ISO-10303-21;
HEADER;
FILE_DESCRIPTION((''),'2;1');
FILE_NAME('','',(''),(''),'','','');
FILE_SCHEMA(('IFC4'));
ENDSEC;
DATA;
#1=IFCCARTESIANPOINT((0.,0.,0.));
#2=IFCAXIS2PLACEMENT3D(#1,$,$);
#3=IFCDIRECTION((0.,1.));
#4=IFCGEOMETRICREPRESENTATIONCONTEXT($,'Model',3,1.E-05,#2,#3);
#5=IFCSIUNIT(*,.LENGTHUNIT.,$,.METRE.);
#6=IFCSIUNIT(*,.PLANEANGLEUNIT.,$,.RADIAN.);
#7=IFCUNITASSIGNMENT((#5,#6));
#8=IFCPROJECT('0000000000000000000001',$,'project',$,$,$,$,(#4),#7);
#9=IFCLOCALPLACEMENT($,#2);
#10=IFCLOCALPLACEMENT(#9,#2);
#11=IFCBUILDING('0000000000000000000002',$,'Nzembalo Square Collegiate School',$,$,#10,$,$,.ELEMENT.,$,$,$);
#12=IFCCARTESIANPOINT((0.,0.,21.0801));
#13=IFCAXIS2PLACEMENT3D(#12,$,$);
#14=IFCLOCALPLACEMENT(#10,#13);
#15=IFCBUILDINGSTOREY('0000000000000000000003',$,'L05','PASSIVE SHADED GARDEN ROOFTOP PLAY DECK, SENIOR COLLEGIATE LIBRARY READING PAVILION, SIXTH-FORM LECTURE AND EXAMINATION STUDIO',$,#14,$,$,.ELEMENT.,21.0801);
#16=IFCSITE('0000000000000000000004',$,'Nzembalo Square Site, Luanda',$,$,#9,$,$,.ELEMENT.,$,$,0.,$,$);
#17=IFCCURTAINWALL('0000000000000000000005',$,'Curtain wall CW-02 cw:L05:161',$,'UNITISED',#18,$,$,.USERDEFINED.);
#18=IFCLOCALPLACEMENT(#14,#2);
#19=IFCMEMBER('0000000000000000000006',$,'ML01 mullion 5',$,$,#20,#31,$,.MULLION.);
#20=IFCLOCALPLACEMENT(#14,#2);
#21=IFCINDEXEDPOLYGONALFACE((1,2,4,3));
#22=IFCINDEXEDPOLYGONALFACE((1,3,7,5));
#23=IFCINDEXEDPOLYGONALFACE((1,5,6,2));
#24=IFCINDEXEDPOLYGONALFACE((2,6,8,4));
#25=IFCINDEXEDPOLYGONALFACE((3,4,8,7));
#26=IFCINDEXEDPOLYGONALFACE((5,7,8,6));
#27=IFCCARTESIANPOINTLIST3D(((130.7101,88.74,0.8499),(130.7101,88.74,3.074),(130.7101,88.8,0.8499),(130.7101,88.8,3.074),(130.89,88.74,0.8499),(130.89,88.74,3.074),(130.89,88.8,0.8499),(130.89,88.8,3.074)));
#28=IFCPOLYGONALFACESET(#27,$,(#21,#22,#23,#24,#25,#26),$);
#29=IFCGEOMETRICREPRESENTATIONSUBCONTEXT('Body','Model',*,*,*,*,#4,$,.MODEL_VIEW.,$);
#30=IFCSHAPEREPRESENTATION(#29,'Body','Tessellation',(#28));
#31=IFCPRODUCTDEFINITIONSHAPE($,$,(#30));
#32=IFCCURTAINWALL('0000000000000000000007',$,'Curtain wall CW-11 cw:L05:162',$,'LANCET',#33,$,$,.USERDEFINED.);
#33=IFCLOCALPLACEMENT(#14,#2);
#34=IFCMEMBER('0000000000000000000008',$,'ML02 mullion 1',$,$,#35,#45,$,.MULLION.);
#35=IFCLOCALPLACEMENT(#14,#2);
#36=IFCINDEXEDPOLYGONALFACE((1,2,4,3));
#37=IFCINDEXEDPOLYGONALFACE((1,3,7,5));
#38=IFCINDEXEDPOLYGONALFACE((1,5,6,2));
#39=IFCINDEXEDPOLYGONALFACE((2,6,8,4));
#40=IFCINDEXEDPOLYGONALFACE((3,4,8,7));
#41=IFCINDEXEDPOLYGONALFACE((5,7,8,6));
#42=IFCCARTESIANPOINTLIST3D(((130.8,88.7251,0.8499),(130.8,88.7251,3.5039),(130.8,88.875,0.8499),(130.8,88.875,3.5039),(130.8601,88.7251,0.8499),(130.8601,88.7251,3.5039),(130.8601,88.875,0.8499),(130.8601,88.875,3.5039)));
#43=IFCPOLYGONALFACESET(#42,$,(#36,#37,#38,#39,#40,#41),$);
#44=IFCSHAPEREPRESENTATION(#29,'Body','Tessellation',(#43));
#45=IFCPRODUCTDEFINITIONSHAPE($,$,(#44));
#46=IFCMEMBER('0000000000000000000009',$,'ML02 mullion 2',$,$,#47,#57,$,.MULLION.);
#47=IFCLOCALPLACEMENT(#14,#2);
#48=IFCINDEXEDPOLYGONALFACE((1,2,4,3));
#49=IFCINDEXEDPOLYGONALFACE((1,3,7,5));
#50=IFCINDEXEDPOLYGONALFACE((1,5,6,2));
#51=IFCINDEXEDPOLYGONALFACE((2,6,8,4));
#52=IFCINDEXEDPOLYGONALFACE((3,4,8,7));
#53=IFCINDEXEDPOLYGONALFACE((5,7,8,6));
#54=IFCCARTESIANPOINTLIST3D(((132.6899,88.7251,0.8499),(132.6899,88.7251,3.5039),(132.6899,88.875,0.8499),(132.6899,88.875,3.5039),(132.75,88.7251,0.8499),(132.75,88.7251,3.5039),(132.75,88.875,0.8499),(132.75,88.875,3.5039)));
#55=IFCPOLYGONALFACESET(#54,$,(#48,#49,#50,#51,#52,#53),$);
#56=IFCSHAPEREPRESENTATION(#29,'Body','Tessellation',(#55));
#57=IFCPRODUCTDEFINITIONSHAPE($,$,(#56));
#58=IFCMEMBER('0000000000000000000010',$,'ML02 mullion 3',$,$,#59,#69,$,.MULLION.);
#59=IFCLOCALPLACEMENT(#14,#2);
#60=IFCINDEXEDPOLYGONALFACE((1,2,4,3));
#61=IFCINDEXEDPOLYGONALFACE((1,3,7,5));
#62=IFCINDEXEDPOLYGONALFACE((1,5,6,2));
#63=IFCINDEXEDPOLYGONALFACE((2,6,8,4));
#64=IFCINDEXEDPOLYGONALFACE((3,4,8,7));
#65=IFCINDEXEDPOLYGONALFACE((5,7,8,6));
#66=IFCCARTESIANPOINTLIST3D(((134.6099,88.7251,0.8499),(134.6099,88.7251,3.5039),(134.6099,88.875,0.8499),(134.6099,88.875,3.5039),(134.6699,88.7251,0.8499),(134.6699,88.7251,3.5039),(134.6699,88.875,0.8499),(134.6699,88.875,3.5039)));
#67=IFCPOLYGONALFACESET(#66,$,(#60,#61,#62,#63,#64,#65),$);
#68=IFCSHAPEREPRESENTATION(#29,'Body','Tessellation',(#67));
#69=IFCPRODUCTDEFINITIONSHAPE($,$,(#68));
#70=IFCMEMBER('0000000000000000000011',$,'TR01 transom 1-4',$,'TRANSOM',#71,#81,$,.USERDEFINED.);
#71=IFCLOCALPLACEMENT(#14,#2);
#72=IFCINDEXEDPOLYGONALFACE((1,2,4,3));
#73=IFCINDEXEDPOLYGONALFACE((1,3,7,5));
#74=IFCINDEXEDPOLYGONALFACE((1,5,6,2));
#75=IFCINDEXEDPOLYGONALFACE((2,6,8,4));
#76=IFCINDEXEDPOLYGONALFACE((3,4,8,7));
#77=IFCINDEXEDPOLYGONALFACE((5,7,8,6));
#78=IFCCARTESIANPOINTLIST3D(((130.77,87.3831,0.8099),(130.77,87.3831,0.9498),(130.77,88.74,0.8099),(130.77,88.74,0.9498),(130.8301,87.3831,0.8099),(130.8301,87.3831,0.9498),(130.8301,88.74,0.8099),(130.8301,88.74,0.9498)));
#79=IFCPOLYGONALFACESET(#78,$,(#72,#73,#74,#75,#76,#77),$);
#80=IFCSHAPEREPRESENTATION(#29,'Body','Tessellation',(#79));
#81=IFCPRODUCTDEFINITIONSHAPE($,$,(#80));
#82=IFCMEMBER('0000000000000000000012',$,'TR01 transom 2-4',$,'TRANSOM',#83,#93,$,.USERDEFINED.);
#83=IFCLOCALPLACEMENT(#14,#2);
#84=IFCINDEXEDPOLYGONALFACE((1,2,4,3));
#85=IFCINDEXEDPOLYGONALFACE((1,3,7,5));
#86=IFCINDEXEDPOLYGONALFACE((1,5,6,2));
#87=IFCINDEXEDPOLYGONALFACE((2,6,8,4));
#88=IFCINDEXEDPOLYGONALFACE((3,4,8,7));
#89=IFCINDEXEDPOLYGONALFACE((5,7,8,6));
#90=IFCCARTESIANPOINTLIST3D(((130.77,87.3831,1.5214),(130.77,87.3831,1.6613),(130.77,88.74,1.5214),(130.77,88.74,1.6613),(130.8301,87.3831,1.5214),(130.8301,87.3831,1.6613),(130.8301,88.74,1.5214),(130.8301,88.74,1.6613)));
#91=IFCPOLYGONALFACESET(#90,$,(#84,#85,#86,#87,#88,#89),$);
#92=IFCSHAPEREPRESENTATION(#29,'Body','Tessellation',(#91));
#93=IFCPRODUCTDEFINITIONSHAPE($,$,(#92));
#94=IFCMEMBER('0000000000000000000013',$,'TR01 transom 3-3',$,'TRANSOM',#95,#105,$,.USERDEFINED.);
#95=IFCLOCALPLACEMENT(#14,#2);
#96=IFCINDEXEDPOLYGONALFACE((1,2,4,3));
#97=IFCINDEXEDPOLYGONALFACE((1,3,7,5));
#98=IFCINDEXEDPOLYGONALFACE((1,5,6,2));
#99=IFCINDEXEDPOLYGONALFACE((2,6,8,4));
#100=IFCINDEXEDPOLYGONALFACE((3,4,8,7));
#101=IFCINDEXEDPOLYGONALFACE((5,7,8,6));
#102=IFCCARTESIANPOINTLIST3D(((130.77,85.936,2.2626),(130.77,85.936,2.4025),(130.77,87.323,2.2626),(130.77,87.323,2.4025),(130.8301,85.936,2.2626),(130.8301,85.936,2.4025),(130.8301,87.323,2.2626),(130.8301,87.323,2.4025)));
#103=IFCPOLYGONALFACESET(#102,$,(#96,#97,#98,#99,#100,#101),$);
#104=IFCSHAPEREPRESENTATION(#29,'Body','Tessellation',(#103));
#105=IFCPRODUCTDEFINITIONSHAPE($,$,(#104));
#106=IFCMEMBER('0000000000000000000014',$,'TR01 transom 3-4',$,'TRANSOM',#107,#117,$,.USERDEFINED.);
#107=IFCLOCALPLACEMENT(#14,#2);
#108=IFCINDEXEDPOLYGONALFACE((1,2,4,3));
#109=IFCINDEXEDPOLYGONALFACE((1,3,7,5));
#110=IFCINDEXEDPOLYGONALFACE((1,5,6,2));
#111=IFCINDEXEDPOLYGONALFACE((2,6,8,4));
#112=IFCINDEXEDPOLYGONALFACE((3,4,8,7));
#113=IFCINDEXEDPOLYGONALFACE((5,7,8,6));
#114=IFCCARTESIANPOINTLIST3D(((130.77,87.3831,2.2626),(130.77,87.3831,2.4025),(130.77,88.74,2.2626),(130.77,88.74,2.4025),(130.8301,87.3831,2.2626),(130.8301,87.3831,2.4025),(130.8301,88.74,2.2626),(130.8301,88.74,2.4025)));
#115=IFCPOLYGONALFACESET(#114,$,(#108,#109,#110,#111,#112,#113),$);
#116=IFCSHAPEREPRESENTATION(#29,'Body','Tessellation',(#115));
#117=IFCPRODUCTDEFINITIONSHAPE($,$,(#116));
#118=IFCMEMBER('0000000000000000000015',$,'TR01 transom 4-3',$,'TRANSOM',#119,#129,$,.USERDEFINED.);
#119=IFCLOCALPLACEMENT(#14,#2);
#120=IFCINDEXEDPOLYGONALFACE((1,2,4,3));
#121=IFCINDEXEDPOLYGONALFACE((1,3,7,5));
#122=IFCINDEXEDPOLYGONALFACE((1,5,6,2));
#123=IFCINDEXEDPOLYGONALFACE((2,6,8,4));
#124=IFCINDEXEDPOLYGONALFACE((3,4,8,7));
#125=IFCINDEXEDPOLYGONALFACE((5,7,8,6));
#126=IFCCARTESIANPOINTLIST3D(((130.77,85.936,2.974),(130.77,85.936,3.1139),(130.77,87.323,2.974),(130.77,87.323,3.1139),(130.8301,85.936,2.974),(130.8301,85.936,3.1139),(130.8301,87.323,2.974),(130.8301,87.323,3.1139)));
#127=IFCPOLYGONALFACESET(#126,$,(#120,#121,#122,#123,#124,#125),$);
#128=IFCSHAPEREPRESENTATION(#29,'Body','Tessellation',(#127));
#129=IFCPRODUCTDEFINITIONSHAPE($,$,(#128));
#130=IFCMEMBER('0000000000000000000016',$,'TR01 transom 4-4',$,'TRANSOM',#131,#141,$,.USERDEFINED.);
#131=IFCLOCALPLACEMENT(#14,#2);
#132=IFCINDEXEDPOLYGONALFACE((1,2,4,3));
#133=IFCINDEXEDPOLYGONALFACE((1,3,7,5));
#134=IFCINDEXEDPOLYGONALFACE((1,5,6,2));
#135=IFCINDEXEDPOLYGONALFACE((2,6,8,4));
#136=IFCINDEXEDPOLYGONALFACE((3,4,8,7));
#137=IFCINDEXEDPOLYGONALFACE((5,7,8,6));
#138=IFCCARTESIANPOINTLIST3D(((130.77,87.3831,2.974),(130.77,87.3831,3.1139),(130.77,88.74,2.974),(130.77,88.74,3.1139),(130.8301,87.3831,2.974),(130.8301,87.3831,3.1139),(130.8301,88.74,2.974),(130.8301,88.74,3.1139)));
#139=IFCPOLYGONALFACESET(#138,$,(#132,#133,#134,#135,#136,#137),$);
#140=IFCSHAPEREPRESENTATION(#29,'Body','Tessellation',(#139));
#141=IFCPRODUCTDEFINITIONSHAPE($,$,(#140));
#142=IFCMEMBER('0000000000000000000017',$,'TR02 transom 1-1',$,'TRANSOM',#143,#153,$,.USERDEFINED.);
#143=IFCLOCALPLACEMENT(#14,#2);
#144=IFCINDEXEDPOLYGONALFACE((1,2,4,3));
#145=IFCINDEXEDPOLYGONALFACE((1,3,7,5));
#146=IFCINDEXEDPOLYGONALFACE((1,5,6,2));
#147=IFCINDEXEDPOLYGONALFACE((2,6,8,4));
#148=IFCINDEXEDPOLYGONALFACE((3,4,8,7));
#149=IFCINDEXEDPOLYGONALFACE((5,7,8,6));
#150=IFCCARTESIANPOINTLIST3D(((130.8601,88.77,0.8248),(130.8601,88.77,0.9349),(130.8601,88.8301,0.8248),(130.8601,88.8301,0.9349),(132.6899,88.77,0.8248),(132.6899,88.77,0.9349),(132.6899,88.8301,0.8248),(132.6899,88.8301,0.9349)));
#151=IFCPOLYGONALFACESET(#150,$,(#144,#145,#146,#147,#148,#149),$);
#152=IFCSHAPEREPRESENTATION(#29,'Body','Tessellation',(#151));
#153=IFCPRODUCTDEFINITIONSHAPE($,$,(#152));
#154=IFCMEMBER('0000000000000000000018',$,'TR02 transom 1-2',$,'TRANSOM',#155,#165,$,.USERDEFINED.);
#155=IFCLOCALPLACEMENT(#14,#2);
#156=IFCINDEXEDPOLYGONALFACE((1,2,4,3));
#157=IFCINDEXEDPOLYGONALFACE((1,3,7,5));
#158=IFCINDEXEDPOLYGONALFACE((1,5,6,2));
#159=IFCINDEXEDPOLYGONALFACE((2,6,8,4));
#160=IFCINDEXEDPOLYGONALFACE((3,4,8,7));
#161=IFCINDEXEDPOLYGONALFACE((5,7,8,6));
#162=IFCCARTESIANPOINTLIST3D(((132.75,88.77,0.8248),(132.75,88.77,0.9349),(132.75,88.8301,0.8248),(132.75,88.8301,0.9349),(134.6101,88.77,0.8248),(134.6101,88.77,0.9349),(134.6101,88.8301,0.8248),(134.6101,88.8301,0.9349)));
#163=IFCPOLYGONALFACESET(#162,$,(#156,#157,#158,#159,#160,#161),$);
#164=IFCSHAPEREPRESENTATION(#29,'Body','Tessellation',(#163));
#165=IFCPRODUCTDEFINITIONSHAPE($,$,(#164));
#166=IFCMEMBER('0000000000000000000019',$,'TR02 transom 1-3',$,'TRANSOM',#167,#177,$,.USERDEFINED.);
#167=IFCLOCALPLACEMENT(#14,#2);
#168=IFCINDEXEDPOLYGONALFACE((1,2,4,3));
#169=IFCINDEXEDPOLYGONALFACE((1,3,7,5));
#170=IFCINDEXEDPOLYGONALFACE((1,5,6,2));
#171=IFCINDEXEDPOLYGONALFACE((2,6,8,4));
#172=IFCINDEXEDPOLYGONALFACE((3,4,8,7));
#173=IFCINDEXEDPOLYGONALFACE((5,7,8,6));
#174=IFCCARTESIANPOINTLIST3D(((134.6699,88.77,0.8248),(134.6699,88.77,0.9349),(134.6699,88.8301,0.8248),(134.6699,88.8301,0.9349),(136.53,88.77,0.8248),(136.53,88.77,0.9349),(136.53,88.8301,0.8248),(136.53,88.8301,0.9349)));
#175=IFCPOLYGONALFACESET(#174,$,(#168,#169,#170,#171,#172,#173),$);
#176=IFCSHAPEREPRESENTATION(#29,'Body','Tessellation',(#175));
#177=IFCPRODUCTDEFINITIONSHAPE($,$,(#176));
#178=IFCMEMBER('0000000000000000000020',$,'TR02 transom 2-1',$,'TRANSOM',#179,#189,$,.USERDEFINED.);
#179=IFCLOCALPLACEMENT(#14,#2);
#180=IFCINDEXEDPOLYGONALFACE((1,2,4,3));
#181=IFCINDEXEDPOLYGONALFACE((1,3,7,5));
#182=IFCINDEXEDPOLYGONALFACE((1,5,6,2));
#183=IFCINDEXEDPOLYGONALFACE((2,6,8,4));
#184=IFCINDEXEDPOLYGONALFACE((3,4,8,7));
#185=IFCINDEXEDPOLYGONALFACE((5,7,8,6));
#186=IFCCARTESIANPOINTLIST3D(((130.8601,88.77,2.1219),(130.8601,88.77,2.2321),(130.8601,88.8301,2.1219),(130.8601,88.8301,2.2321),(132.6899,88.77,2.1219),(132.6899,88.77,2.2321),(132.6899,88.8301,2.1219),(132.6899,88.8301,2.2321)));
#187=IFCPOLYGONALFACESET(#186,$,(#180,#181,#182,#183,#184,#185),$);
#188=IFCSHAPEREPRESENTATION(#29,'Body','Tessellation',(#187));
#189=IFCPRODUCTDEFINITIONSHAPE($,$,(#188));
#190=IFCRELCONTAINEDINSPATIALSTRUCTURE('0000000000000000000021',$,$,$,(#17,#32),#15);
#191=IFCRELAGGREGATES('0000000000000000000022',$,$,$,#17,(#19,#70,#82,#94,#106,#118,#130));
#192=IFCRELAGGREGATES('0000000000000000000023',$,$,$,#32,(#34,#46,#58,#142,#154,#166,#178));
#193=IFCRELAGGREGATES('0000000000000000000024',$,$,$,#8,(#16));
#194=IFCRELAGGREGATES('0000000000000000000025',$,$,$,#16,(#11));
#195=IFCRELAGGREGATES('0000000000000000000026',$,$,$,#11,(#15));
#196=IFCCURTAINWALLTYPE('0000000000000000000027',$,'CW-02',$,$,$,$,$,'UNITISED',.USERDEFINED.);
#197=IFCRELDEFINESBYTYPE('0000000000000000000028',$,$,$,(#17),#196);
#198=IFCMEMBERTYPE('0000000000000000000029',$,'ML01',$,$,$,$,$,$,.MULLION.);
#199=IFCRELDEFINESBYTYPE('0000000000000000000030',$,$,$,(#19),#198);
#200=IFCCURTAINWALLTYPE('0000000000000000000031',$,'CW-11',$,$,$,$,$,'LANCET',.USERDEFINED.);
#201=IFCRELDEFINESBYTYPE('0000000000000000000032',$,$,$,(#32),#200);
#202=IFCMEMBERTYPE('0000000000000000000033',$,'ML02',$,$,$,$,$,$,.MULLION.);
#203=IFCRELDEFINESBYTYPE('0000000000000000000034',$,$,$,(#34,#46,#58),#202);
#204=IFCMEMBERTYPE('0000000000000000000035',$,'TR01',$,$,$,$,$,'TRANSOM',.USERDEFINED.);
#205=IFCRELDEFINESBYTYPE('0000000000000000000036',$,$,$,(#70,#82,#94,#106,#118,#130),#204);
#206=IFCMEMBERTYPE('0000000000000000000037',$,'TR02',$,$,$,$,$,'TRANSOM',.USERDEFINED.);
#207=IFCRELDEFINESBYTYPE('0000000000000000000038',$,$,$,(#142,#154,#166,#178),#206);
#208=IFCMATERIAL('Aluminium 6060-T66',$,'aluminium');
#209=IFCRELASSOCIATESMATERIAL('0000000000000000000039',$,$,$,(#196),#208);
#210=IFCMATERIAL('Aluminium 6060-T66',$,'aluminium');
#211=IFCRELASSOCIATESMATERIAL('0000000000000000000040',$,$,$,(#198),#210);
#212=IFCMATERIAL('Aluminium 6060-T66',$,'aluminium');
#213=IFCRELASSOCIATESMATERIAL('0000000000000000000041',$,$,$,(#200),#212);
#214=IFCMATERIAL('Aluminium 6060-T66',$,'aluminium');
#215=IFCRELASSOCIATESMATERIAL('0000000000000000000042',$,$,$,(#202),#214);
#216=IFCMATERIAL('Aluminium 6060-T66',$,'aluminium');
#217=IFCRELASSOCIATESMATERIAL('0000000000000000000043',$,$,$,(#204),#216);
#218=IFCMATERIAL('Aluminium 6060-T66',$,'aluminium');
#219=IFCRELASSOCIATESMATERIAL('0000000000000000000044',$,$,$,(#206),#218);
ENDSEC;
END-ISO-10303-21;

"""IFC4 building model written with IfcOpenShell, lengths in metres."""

from ifc_helpers import new_model, si_unit, direction, frame, origin, origin_2d, place, context, subcontext, project, spatial, rectangle, extrude, material, material_profile, profile_set, type_object, element, aggregate, save


model = new_model("IFC4")

# Units and contexts
model_context = context("Model", 3, precision=1e-05, world=origin(), true_north=direction((0.0, 1.0)))
body_context = subcontext(model_context, "Body", "Model", "MODEL_VIEW")
ifc_project = project(units=[si_unit("LENGTHUNIT", "METRE"), si_unit("PLANEANGLEUNIT", "RADIAN")], contexts=[model_context])

# Site, building, storey
site_placement = place(None, origin())
site = spatial("IfcSite", under=ifc_project, at=site_placement, Name="Nzembalo Square Site, Luanda", CompositionType="ELEMENT", RefElevation=0.0)
building_placement = place(site_placement, origin())
building = spatial("IfcBuilding", under=site, at=building_placement, Name="Nzembalo Square Collegiate School", CompositionType="ELEMENT")
storey_placement = place(building_placement, frame((0.0, 0.0, 21.0801)))
storey = spatial("IfcBuildingStorey", under=building, at=storey_placement, Name="L05", Description="PASSIVE SHADED GARDEN ROOFTOP PLAY DECK, SENIOR COLLEGIATE LIBRARY READING PAVILION, SIXTH-FORM LECTURE AND EXAMINATION STUDIO", CompositionType="ELEMENT", Elevation=21.0801)

# Curtain wall, member
ifc_material_1 = material(Name="Aluminium 6060-T66", Category="aluminium")
curtain_wall_type_1 = type_object("IfcCurtainWallType", Name="CW-02", ElementType="UNITISED", PredefinedType="USERDEFINED", material=ifc_material_1)
curtain_wall_1_placement = place(storey_placement, origin())
curtain_wall_1 = element("IfcCurtainWall", 1, at=curtain_wall_1_placement, inside=storey, type_object=curtain_wall_type_1, Name="Curtain wall CW-02 cw:L05:161", ObjectType="UNITISED", PredefinedType="USERDEFINED")
ifc_material_2 = material(Name="Aluminium 6060-T66", Category="aluminium")
ifc_material_profile_1 = material_profile(ifc_material_2, rectangle(XDim=0.0601, YDim=0.1799, at=origin_2d()), Name="ALU M60x180")
ifc_profile_set_1 = profile_set([ifc_material_profile_1], Name="Aluminium 6060-T66")
member_type_1 = type_object("IfcMemberType", Name="ML01", PredefinedType="MULLION", material=ifc_profile_set_1)
member_1_placement = place(storey_placement, frame((130.8, 88.77, 0.8499), z_axis=(0.0, 0.0, 1.0), x_axis=(0.0, 1.0, 0.0)))
member_1 = element("IfcMember", 2, at=member_1_placement, type_object=member_type_1, Name="ML01 mullion 5", PredefinedType="MULLION", context=body_context, shape_type="SweptSolid", body=[
    extrude(rectangle(XDim=0.0601, YDim=0.1799, at=origin_2d()), origin(), (0.0, 0.0, 1.0), 2.2241),
])

# Curtain wall, members
ifc_material_3 = material(Name="Aluminium 6060-T66", Category="aluminium")
curtain_wall_type_2 = type_object("IfcCurtainWallType", Name="CW-11", ElementType="LANCET", PredefinedType="USERDEFINED", material=ifc_material_3)
curtain_wall_2_placement = place(storey_placement, origin())
curtain_wall_2 = element("IfcCurtainWall", 3, at=curtain_wall_2_placement, inside=storey, type_object=curtain_wall_type_2, Name="Curtain wall CW-11 cw:L05:162", ObjectType="LANCET", PredefinedType="USERDEFINED")
ifc_material_4 = material(Name="Aluminium 6060-T66", Category="aluminium")
ifc_material_profile_2 = material_profile(ifc_material_4, rectangle(XDim=0.0601, YDim=0.1499, at=origin_2d()), Name="ALU M60x150")
ifc_profile_set_2 = profile_set([ifc_material_profile_2], Name="Aluminium 6060-T66")
member_type_2 = type_object("IfcMemberType", Name="ML02", PredefinedType="MULLION", material=ifc_profile_set_2)
member_2_placement = place(storey_placement, frame((130.8301, 88.8, 0.8499), z_axis=(0.0, 0.0, 1.0), x_axis=(1.0, 0.0, 0.0)))
member_2 = element("IfcMember", 4, at=member_2_placement, type_object=member_type_2, Name="ML02 mullion 1", PredefinedType="MULLION", context=body_context, shape_type="SweptSolid", body=[
    extrude(rectangle(XDim=0.0601, YDim=0.1499, at=origin_2d()), origin(), (0.0, 0.0, 1.0), 2.6541),
])
member_3_placement = place(storey_placement, frame((132.72, 88.8, 0.8499), z_axis=(0.0, 0.0, 1.0), x_axis=(1.0, 0.0, 0.0)))
member_3 = element("IfcMember", 5, at=member_3_placement, type_object=member_type_2, Name="ML02 mullion 2", PredefinedType="MULLION", context=body_context, shape_type="SweptSolid", body=[
    extrude(rectangle(XDim=0.0601, YDim=0.1499, at=origin_2d()), origin(), (0.0, 0.0, 1.0), 2.6541),
])
member_4_placement = place(storey_placement, frame((134.6399, 88.8, 0.8499), z_axis=(0.0, 0.0, 1.0), x_axis=(1.0, 0.0, 0.0)))
member_4 = element("IfcMember", 6, at=member_4_placement, type_object=member_type_2, Name="ML02 mullion 3", PredefinedType="MULLION", context=body_context, shape_type="SweptSolid", body=[
    extrude(rectangle(XDim=0.0601, YDim=0.1499, at=origin_2d()), origin(), (0.0, 0.0, 1.0), 2.6541),
])

# Members
ifc_material_5 = material(Name="Aluminium 6060-T66", Category="aluminium")
ifc_material_profile_3 = material_profile(ifc_material_5, rectangle(XDim=0.0601, YDim=0.1399, at=origin_2d()), Name="ALU T60x140")
ifc_profile_set_3 = profile_set([ifc_material_profile_3], Name="Aluminium 6060-T66")
member_type_3 = type_object("IfcMemberType", Name="TR01", ElementType="TRANSOM", PredefinedType="USERDEFINED", material=ifc_profile_set_3)
member_5_placement = place(storey_placement, frame((130.8, 87.3831, 0.8799), z_axis=(0.0, 1.0, 0.0), x_axis=(-1.0, 0.0, 0.0)))
member_5 = element("IfcMember", 7, at=member_5_placement, type_object=member_type_3, Name="TR01 transom 1-4", ObjectType="TRANSOM", PredefinedType="USERDEFINED", context=body_context, shape_type="SweptSolid", body=[
    extrude(rectangle(XDim=0.0601, YDim=0.1399, at=origin_2d()), origin(), (0.0, 0.0, 1.0), 1.3569),
])
member_6_placement = place(storey_placement, frame((130.8, 87.3831, 1.5913), z_axis=(0.0, 1.0, 0.0), x_axis=(-1.0, 0.0, 0.0)))
member_6 = element("IfcMember", 8, at=member_6_placement, type_object=member_type_3, Name="TR01 transom 2-4", ObjectType="TRANSOM", PredefinedType="USERDEFINED", context=body_context, shape_type="SweptSolid", body=[
    extrude(rectangle(XDim=0.0601, YDim=0.1399, at=origin_2d()), origin(), (0.0, 0.0, 1.0), 1.3569),
])
member_7_placement = place(storey_placement, frame((130.8, 85.936, 2.3325), z_axis=(0.0, 1.0, 0.0), x_axis=(-1.0, 0.0, 0.0)))
member_7 = element("IfcMember", 9, at=member_7_placement, type_object=member_type_3, Name="TR01 transom 3-3", ObjectType="TRANSOM", PredefinedType="USERDEFINED", context=body_context, shape_type="SweptSolid", body=[
    extrude(rectangle(XDim=0.0601, YDim=0.1399, at=origin_2d()), origin(), (0.0, 0.0, 1.0), 1.387),
])
member_8_placement = place(storey_placement, frame((130.8, 87.3831, 2.3325), z_axis=(0.0, 1.0, 0.0), x_axis=(-1.0, 0.0, 0.0)))
member_8 = element("IfcMember", 10, at=member_8_placement, type_object=member_type_3, Name="TR01 transom 3-4", ObjectType="TRANSOM", PredefinedType="USERDEFINED", context=body_context, shape_type="SweptSolid", body=[
    extrude(rectangle(XDim=0.0601, YDim=0.1399, at=origin_2d()), origin(), (0.0, 0.0, 1.0), 1.3569),
])
member_9_placement = place(storey_placement, frame((130.8, 85.936, 3.0439), z_axis=(0.0, 1.0, 0.0), x_axis=(-1.0, 0.0, 0.0)))
member_9 = element("IfcMember", 11, at=member_9_placement, type_object=member_type_3, Name="TR01 transom 4-3", ObjectType="TRANSOM", PredefinedType="USERDEFINED", context=body_context, shape_type="SweptSolid", body=[
    extrude(rectangle(XDim=0.0601, YDim=0.1399, at=origin_2d()), origin(), (0.0, 0.0, 1.0), 1.387),
])
member_10_placement = place(storey_placement, frame((130.8, 87.3831, 3.0439), z_axis=(0.0, 1.0, 0.0), x_axis=(-1.0, 0.0, 0.0)))
member_10 = element("IfcMember", 12, at=member_10_placement, type_object=member_type_3, Name="TR01 transom 4-4", ObjectType="TRANSOM", PredefinedType="USERDEFINED", context=body_context, shape_type="SweptSolid", body=[
    extrude(rectangle(XDim=0.0601, YDim=0.1399, at=origin_2d()), origin(), (0.0, 0.0, 1.0), 1.3569),
])
ifc_material_6 = material(Name="Aluminium 6060-T66", Category="aluminium")
ifc_material_profile_4 = material_profile(ifc_material_6, rectangle(XDim=0.0601, YDim=0.1101, at=origin_2d()), Name="ALU T60x110")
ifc_profile_set_4 = profile_set([ifc_material_profile_4], Name="Aluminium 6060-T66")
member_type_4 = type_object("IfcMemberType", Name="TR02", ElementType="TRANSOM", PredefinedType="USERDEFINED", material=ifc_profile_set_4)
member_11_placement = place(storey_placement, frame((130.8601, 88.8, 0.8799), z_axis=(1.0, 0.0, 0.0), x_axis=(0.0, 1.0, 0.0)))
member_11 = element("IfcMember", 13, at=member_11_placement, type_object=member_type_4, Name="TR02 transom 1-1", ObjectType="TRANSOM", PredefinedType="USERDEFINED", context=body_context, shape_type="SweptSolid", body=[
    extrude(rectangle(XDim=0.0601, YDim=0.1101, at=origin_2d()), origin(), (0.0, 0.0, 1.0), 1.8298),
])
member_12_placement = place(storey_placement, frame((132.75, 88.8, 0.8799), z_axis=(1.0, 0.0, 0.0), x_axis=(0.0, 1.0, 0.0)))
member_12 = element("IfcMember", 14, at=member_12_placement, type_object=member_type_4, Name="TR02 transom 1-2", ObjectType="TRANSOM", PredefinedType="USERDEFINED", context=body_context, shape_type="SweptSolid", body=[
    extrude(rectangle(XDim=0.0601, YDim=0.1101, at=origin_2d()), origin(), (0.0, 0.0, 1.0), 1.8601),
])
member_13_placement = place(storey_placement, frame((134.6699, 88.8, 0.8799), z_axis=(1.0, 0.0, 0.0), x_axis=(0.0, 1.0, 0.0)))
member_13 = element("IfcMember", 15, at=member_13_placement, type_object=member_type_4, Name="TR02 transom 1-3", ObjectType="TRANSOM", PredefinedType="USERDEFINED", context=body_context, shape_type="SweptSolid", body=[
    extrude(rectangle(XDim=0.0601, YDim=0.1101, at=origin_2d()), origin(), (0.0, 0.0, 1.0), 1.8601),
])
member_14_placement = place(storey_placement, frame((130.8601, 88.8, 2.177), z_axis=(1.0, 0.0, 0.0), x_axis=(0.0, 1.0, 0.0)))
member_14 = element("IfcMember", 16, at=member_14_placement, type_object=member_type_4, Name="TR02 transom 2-1", ObjectType="TRANSOM", PredefinedType="USERDEFINED", context=body_context, shape_type="SweptSolid", body=[
    extrude(rectangle(XDim=0.0601, YDim=0.1101, at=origin_2d()), origin(), (0.0, 0.0, 1.0), 1.8298),
])

aggregate(curtain_wall_1, [member_1, member_5, member_6, member_7, member_8, member_9, member_10])
aggregate(curtain_wall_2, [member_2, member_3, member_4, member_11, member_12, member_13, member_14])

save(model, "model.ifc")
